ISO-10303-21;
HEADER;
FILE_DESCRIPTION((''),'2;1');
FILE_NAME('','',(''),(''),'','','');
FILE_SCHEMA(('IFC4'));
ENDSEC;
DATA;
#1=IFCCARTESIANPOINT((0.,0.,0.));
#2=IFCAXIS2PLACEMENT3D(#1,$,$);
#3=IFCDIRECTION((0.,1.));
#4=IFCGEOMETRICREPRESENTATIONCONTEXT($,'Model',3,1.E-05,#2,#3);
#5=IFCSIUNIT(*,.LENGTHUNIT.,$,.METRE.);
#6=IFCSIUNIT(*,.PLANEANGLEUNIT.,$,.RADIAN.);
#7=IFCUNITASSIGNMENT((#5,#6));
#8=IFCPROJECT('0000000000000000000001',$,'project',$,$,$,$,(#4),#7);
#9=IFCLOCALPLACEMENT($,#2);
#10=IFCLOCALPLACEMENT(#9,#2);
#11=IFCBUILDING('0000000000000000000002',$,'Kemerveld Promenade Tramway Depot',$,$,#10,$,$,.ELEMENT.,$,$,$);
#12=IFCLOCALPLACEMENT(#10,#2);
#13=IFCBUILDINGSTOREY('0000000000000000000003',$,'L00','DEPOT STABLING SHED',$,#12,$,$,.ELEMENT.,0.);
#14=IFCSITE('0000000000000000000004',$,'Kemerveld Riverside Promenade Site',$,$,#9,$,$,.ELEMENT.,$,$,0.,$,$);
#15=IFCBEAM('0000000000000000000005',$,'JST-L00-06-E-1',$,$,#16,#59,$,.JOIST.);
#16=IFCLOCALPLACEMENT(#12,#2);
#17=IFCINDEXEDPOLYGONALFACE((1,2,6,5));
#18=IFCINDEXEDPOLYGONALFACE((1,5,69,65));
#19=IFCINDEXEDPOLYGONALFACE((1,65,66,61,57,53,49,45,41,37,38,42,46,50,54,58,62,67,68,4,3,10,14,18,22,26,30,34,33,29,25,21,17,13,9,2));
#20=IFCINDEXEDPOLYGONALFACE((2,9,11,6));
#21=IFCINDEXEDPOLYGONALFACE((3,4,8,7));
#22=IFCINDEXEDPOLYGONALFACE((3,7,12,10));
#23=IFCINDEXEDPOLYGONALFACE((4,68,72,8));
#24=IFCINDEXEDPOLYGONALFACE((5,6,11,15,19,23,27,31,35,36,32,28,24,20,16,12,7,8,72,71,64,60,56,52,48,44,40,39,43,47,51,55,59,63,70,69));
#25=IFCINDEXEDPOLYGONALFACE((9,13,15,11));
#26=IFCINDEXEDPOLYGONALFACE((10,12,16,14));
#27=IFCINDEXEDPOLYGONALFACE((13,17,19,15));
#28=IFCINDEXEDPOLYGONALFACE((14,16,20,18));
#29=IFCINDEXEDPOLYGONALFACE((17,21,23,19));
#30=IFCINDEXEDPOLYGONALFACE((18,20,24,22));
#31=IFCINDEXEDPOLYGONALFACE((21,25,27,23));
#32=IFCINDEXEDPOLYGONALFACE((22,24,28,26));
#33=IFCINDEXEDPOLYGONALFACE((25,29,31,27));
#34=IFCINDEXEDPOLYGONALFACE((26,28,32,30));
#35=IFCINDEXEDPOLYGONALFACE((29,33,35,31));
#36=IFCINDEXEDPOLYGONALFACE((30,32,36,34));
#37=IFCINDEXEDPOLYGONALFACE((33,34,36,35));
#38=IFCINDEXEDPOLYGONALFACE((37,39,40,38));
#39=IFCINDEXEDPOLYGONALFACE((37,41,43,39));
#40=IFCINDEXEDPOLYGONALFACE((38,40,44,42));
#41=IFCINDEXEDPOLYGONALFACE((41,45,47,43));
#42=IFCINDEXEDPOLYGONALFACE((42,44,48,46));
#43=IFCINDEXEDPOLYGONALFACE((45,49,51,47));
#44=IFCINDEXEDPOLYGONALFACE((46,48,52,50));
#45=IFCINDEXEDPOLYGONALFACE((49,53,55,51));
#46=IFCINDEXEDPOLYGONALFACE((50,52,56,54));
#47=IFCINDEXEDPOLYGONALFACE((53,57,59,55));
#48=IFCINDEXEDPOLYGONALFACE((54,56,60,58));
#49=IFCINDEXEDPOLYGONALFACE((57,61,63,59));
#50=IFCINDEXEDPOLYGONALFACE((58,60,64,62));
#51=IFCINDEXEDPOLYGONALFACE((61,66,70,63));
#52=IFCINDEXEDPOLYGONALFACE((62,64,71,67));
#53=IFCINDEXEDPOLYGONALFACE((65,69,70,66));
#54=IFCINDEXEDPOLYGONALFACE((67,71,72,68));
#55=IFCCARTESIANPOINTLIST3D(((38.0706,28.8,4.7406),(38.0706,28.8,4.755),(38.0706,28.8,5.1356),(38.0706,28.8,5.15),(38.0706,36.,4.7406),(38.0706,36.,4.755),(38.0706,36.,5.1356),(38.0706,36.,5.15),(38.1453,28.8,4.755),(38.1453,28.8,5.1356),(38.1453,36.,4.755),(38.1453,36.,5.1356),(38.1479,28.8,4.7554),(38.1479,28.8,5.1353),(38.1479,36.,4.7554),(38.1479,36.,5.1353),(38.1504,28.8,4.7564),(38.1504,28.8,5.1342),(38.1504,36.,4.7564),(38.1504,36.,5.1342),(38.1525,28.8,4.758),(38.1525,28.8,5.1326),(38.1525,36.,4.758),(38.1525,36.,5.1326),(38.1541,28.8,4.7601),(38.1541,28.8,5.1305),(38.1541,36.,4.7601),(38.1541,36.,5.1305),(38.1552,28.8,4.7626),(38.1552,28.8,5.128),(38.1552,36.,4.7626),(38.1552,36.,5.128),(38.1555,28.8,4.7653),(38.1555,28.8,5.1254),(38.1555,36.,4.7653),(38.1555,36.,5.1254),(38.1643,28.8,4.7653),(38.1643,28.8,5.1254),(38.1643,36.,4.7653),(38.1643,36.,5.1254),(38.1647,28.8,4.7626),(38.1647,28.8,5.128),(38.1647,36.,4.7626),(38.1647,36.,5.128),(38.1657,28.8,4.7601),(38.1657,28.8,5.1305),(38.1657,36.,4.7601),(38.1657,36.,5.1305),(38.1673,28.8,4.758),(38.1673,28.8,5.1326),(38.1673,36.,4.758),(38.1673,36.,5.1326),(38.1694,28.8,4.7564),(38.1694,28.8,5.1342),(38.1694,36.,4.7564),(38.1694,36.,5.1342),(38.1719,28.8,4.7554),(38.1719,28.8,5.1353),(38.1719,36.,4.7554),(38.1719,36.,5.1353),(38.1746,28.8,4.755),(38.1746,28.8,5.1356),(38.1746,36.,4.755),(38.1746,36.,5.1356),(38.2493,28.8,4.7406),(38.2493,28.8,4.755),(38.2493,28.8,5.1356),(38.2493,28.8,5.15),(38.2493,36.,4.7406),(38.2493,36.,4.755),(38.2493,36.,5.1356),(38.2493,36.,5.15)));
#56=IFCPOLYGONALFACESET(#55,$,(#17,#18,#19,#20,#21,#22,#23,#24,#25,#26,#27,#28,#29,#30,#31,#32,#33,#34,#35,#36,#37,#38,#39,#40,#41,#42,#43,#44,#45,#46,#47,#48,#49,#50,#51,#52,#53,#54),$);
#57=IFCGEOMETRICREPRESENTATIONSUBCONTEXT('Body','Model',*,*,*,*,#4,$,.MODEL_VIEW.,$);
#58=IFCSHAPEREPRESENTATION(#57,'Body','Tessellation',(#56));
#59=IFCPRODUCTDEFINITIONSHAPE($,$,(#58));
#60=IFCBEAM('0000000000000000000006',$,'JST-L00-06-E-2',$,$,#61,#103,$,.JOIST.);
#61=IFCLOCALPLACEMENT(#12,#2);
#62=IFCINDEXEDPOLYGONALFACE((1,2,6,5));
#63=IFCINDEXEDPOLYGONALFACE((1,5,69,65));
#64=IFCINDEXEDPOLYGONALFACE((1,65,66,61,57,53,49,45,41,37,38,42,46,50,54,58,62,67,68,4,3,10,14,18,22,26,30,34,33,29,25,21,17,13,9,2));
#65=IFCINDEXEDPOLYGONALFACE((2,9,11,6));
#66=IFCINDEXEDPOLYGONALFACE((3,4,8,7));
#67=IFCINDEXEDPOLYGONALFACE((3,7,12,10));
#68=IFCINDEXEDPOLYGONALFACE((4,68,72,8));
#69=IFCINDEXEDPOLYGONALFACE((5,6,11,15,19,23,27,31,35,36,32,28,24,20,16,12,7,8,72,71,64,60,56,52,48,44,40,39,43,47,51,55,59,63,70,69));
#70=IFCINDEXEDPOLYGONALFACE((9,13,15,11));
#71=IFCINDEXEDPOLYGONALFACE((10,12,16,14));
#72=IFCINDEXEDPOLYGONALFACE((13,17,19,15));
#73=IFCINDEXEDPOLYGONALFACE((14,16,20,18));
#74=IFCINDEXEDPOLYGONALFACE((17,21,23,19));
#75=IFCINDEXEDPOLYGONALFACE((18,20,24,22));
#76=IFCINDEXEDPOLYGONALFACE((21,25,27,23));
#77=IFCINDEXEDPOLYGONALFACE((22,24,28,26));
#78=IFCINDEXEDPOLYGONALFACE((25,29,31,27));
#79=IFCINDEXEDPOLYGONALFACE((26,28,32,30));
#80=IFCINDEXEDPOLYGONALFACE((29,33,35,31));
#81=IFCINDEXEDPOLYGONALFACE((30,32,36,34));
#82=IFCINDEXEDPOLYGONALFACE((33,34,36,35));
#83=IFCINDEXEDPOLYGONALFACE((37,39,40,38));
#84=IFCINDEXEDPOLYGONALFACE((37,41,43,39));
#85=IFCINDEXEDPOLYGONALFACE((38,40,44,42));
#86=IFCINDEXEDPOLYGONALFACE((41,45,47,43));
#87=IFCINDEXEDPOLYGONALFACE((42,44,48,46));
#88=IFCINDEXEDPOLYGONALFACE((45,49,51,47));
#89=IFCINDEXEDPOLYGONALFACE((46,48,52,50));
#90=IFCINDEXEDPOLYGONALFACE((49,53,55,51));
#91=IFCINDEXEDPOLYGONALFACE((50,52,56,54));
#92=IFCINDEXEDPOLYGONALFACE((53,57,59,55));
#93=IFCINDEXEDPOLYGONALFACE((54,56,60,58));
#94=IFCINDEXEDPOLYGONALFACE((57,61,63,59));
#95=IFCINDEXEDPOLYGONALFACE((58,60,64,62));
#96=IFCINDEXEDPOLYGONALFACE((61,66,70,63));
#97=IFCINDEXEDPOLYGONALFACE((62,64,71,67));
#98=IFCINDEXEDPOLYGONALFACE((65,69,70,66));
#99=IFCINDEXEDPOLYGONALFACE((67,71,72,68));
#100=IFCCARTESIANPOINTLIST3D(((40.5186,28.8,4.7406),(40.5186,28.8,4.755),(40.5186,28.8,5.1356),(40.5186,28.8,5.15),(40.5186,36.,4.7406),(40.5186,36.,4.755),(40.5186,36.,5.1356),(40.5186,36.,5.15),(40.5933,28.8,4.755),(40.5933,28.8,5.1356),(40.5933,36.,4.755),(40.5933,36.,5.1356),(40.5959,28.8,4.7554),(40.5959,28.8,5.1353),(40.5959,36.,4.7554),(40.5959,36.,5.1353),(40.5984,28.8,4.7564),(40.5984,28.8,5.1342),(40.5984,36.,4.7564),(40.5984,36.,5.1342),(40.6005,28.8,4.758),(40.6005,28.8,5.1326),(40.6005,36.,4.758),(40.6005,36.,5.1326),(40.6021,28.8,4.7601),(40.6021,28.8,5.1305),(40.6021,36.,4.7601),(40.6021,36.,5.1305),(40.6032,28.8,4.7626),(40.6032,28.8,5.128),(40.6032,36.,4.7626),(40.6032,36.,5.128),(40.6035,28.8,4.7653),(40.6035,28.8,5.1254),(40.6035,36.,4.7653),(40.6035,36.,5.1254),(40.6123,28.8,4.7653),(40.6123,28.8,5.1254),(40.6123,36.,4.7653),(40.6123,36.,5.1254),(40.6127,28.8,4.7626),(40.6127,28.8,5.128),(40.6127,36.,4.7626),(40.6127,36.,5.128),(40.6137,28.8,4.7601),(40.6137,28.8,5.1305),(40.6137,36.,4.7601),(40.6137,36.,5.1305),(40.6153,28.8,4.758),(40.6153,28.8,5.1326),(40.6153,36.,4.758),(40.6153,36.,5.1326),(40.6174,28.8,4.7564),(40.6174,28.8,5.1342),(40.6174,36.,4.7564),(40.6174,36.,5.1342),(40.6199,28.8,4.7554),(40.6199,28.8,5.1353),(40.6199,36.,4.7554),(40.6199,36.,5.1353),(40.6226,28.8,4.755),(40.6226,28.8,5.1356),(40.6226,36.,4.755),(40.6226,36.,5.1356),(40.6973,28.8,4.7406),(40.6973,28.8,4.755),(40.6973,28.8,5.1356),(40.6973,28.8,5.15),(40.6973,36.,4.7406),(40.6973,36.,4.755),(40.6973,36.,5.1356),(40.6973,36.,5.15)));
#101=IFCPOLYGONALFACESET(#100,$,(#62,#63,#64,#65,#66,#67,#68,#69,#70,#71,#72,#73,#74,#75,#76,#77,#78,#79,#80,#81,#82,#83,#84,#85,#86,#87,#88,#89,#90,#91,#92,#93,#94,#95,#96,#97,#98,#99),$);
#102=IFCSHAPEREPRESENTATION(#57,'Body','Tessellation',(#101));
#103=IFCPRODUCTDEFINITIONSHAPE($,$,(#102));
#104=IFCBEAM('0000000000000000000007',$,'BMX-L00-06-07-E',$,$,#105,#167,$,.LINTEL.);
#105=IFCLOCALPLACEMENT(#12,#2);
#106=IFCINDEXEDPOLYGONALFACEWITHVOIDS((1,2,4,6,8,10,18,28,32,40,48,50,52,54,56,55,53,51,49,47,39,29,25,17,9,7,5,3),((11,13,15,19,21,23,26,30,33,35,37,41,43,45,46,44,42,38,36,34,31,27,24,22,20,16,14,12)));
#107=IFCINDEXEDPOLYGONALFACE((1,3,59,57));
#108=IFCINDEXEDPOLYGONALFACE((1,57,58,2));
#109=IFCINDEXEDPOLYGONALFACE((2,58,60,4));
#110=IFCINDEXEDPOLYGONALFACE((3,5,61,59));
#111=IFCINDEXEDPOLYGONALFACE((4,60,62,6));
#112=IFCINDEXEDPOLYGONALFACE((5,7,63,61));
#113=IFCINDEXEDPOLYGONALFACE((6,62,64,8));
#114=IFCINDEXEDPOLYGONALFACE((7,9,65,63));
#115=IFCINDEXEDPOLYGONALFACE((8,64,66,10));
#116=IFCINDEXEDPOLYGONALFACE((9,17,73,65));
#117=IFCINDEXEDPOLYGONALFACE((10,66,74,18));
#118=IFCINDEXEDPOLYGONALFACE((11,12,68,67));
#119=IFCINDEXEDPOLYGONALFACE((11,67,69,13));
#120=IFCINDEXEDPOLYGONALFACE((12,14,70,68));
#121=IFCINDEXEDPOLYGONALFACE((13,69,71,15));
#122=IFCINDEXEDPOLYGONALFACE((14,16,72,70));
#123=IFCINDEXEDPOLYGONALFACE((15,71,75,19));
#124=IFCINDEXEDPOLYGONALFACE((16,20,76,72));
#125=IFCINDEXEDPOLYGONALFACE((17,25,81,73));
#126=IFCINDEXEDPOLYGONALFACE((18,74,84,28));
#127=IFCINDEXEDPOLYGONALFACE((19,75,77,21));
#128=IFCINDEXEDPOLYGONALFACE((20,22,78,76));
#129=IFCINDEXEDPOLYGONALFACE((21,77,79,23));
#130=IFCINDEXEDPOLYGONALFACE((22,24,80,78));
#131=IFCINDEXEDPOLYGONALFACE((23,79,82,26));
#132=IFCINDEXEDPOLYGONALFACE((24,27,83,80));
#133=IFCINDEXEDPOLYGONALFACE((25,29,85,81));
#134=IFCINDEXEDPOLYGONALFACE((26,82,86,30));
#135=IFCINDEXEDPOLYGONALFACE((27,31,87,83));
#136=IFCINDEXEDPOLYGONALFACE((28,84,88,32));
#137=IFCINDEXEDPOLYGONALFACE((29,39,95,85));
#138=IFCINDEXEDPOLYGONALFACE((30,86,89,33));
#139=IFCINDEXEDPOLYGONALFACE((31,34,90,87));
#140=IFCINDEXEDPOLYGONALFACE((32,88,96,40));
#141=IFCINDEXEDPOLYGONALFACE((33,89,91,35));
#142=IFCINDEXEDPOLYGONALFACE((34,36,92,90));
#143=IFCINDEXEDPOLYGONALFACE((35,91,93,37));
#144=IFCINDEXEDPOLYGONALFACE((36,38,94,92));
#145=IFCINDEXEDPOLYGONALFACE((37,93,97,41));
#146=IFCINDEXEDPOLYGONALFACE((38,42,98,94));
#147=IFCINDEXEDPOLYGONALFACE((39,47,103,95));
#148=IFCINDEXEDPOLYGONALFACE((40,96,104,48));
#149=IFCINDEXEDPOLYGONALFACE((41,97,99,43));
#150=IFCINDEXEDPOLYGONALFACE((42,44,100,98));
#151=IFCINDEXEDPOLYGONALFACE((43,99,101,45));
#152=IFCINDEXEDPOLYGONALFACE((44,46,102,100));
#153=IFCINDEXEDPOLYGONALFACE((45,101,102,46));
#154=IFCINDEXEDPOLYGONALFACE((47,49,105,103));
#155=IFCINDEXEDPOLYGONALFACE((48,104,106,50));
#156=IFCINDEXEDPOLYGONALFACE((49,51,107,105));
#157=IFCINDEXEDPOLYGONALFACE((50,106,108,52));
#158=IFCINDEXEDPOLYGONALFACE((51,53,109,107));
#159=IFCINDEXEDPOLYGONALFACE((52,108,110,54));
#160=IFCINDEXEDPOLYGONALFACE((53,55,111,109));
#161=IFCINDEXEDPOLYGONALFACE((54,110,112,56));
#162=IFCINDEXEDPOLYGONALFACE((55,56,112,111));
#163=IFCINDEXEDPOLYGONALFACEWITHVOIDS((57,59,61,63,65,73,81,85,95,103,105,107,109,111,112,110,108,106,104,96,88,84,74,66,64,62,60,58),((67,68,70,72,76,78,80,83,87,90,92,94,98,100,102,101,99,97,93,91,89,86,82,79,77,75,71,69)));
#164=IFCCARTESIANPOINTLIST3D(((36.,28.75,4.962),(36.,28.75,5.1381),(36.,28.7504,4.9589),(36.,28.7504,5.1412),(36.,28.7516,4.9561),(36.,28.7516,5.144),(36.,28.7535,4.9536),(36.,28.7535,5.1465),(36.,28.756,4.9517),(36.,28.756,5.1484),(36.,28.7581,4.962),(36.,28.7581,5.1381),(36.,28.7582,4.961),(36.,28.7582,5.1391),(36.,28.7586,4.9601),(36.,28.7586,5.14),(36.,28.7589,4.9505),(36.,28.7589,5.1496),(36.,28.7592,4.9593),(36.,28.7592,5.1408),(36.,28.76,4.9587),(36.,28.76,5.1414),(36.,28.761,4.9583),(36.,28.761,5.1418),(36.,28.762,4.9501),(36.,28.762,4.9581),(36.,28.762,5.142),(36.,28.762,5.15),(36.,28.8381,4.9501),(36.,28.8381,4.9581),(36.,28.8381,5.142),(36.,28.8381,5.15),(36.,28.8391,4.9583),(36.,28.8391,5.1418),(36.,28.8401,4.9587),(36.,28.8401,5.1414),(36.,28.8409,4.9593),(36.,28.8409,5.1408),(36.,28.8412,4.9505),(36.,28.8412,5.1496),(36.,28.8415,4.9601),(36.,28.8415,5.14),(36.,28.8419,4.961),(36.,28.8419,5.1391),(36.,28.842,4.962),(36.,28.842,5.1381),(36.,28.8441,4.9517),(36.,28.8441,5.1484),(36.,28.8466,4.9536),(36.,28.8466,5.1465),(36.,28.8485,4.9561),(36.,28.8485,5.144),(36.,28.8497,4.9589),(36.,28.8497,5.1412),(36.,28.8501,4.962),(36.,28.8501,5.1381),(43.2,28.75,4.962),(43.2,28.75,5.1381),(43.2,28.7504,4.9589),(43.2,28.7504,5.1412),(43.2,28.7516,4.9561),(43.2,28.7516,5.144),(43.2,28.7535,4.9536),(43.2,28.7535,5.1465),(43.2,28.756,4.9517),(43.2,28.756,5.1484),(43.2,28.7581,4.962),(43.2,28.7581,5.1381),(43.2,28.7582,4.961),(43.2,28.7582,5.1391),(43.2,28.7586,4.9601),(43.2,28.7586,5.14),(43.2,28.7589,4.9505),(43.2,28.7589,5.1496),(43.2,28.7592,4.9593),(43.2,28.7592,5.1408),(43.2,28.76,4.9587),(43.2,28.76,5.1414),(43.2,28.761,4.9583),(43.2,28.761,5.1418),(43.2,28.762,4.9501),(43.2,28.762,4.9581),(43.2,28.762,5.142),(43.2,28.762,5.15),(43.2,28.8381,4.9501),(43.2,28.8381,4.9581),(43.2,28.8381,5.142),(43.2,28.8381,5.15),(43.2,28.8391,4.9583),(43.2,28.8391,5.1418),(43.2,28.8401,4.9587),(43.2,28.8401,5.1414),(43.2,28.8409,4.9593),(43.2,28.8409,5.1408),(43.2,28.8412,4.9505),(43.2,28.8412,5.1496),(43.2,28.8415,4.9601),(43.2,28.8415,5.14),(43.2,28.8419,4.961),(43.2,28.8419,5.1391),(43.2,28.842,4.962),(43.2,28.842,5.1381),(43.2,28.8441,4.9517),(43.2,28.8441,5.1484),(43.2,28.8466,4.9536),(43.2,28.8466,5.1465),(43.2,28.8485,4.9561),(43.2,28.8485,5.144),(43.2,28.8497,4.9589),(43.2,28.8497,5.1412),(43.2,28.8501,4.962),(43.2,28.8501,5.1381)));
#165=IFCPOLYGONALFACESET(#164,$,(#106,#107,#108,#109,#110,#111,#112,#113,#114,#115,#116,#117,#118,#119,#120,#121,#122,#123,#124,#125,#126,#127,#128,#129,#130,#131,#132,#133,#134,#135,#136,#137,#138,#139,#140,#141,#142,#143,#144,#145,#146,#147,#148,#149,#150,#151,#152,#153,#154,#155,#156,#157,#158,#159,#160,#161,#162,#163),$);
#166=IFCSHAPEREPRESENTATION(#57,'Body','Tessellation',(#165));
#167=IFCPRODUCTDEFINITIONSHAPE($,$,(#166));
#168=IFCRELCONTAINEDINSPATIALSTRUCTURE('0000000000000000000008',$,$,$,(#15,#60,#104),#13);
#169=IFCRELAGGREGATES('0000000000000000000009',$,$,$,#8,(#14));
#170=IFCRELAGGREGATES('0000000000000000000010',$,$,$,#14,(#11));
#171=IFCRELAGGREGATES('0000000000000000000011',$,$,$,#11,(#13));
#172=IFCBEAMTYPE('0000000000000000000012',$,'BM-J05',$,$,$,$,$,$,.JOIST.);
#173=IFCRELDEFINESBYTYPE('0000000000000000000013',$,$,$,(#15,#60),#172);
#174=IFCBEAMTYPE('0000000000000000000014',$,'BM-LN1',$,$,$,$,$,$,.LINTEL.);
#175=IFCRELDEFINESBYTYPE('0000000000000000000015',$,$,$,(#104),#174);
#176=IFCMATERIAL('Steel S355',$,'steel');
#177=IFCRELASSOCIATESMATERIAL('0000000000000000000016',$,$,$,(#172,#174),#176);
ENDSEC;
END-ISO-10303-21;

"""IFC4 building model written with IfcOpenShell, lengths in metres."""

from ifc_helpers import new_model, si_unit, direction, frame, origin, origin_2d, place, context, subcontext, project, spatial, hollow_rectangle, i_section, extrude, material, material_profile, profile_set, type_object, element, save


model = new_model("IFC4")

# Units and contexts
model_context = context("Model", 3, precision=1e-05, world=origin(), true_north=direction((0.0, 1.0)))
body_context = subcontext(model_context, "Body", "Model", "MODEL_VIEW")
ifc_project = project(units=[si_unit("LENGTHUNIT", "METRE"), si_unit("PLANEANGLEUNIT", "RADIAN")], contexts=[model_context])

# Site, building, storey
site_placement = place(None, origin())
site = spatial("IfcSite", under=ifc_project, at=site_placement, Name="Kemerveld Riverside Promenade Site", CompositionType="ELEMENT", RefElevation=0.0)
building_placement = place(site_placement, origin())
building = spatial("IfcBuilding", under=site, at=building_placement, Name="Kemerveld Promenade Tramway Depot", CompositionType="ELEMENT")
storey_placement = place(building_placement, origin())
storey = spatial("IfcBuildingStorey", under=building, at=storey_placement, Name="L00", Description="DEPOT STABLING SHED", CompositionType="ELEMENT", Elevation=0.0)

# Shared definitions
ifc_material_1 = material(Name="Steel S355", Category="steel")

# Beams
ifc_material_profile_1 = material_profile(ifc_material_1, i_section(OverallWidth=0.1787, OverallDepth=0.4094, WebThickness=0.0088, FlangeThickness=0.0144, FilletRadius=0.0103, at=origin_2d()), Name="406x178x67 UB")
ifc_profile_set_1 = profile_set([ifc_material_profile_1], Name="Steel S355")
beam_type_1 = type_object("IfcBeamType", Name="BM-J05", PredefinedType="JOIST", material=ifc_profile_set_1)
for number, where, z_axis, x_axis, name in (
    (1, (38.1599, 28.8, 4.9453), (0.0, 1.0, 0.0), (-1.0, 0.0, 0.0), "JST-L00-06-E-1"),
    (2, (40.6079, 28.8, 4.9453), (0.0, 1.0, 0.0), (-1.0, 0.0, 0.0), "JST-L00-06-E-2"),
):
    element("IfcBeam", number, at=place(storey_placement, frame(where, z_axis=z_axis, x_axis=x_axis)), inside=storey, type_object=beam_type_1, Name=name, PredefinedType="JOIST", context=body_context, shape_type="SweptSolid", body=[
        extrude(i_section(OverallWidth=0.1787, OverallDepth=0.4094, WebThickness=0.0088, FlangeThickness=0.0144, FilletRadius=0.0103, at=origin_2d()), origin(), (0.0, 0.0, 1.0), 7.2),
    ])
ifc_material_profile_2 = material_profile(ifc_material_1, hollow_rectangle(XDim=0.1001, YDim=0.2, WallThickness=0.0081, InnerFilletRadius=0.0039, OuterFilletRadius=0.012, at=origin_2d()), Name="200x100x8.0 RHS")
ifc_profile_set_2 = profile_set([ifc_material_profile_2], Name="Steel S355")
beam_type_2 = type_object("IfcBeamType", Name="BM-LN1", PredefinedType="LINTEL", material=ifc_profile_set_2)
beam_1_placement = place(storey_placement, frame((36.0, 28.8, 5.05), z_axis=(1.0, 0.0, 0.0), x_axis=(0.0, 1.0, 0.0)))
element("IfcBeam", 3, at=beam_1_placement, inside=storey, type_object=beam_type_2, Name="BMX-L00-06-07-E", PredefinedType="LINTEL", context=body_context, shape_type="SweptSolid", body=[
    extrude(hollow_rectangle(XDim=0.1001, YDim=0.2, WallThickness=0.0081, InnerFilletRadius=0.0039, OuterFilletRadius=0.012, at=origin_2d()), origin(), (0.0, 0.0, 1.0), 7.2),
])

save(model, "model.ifc")
